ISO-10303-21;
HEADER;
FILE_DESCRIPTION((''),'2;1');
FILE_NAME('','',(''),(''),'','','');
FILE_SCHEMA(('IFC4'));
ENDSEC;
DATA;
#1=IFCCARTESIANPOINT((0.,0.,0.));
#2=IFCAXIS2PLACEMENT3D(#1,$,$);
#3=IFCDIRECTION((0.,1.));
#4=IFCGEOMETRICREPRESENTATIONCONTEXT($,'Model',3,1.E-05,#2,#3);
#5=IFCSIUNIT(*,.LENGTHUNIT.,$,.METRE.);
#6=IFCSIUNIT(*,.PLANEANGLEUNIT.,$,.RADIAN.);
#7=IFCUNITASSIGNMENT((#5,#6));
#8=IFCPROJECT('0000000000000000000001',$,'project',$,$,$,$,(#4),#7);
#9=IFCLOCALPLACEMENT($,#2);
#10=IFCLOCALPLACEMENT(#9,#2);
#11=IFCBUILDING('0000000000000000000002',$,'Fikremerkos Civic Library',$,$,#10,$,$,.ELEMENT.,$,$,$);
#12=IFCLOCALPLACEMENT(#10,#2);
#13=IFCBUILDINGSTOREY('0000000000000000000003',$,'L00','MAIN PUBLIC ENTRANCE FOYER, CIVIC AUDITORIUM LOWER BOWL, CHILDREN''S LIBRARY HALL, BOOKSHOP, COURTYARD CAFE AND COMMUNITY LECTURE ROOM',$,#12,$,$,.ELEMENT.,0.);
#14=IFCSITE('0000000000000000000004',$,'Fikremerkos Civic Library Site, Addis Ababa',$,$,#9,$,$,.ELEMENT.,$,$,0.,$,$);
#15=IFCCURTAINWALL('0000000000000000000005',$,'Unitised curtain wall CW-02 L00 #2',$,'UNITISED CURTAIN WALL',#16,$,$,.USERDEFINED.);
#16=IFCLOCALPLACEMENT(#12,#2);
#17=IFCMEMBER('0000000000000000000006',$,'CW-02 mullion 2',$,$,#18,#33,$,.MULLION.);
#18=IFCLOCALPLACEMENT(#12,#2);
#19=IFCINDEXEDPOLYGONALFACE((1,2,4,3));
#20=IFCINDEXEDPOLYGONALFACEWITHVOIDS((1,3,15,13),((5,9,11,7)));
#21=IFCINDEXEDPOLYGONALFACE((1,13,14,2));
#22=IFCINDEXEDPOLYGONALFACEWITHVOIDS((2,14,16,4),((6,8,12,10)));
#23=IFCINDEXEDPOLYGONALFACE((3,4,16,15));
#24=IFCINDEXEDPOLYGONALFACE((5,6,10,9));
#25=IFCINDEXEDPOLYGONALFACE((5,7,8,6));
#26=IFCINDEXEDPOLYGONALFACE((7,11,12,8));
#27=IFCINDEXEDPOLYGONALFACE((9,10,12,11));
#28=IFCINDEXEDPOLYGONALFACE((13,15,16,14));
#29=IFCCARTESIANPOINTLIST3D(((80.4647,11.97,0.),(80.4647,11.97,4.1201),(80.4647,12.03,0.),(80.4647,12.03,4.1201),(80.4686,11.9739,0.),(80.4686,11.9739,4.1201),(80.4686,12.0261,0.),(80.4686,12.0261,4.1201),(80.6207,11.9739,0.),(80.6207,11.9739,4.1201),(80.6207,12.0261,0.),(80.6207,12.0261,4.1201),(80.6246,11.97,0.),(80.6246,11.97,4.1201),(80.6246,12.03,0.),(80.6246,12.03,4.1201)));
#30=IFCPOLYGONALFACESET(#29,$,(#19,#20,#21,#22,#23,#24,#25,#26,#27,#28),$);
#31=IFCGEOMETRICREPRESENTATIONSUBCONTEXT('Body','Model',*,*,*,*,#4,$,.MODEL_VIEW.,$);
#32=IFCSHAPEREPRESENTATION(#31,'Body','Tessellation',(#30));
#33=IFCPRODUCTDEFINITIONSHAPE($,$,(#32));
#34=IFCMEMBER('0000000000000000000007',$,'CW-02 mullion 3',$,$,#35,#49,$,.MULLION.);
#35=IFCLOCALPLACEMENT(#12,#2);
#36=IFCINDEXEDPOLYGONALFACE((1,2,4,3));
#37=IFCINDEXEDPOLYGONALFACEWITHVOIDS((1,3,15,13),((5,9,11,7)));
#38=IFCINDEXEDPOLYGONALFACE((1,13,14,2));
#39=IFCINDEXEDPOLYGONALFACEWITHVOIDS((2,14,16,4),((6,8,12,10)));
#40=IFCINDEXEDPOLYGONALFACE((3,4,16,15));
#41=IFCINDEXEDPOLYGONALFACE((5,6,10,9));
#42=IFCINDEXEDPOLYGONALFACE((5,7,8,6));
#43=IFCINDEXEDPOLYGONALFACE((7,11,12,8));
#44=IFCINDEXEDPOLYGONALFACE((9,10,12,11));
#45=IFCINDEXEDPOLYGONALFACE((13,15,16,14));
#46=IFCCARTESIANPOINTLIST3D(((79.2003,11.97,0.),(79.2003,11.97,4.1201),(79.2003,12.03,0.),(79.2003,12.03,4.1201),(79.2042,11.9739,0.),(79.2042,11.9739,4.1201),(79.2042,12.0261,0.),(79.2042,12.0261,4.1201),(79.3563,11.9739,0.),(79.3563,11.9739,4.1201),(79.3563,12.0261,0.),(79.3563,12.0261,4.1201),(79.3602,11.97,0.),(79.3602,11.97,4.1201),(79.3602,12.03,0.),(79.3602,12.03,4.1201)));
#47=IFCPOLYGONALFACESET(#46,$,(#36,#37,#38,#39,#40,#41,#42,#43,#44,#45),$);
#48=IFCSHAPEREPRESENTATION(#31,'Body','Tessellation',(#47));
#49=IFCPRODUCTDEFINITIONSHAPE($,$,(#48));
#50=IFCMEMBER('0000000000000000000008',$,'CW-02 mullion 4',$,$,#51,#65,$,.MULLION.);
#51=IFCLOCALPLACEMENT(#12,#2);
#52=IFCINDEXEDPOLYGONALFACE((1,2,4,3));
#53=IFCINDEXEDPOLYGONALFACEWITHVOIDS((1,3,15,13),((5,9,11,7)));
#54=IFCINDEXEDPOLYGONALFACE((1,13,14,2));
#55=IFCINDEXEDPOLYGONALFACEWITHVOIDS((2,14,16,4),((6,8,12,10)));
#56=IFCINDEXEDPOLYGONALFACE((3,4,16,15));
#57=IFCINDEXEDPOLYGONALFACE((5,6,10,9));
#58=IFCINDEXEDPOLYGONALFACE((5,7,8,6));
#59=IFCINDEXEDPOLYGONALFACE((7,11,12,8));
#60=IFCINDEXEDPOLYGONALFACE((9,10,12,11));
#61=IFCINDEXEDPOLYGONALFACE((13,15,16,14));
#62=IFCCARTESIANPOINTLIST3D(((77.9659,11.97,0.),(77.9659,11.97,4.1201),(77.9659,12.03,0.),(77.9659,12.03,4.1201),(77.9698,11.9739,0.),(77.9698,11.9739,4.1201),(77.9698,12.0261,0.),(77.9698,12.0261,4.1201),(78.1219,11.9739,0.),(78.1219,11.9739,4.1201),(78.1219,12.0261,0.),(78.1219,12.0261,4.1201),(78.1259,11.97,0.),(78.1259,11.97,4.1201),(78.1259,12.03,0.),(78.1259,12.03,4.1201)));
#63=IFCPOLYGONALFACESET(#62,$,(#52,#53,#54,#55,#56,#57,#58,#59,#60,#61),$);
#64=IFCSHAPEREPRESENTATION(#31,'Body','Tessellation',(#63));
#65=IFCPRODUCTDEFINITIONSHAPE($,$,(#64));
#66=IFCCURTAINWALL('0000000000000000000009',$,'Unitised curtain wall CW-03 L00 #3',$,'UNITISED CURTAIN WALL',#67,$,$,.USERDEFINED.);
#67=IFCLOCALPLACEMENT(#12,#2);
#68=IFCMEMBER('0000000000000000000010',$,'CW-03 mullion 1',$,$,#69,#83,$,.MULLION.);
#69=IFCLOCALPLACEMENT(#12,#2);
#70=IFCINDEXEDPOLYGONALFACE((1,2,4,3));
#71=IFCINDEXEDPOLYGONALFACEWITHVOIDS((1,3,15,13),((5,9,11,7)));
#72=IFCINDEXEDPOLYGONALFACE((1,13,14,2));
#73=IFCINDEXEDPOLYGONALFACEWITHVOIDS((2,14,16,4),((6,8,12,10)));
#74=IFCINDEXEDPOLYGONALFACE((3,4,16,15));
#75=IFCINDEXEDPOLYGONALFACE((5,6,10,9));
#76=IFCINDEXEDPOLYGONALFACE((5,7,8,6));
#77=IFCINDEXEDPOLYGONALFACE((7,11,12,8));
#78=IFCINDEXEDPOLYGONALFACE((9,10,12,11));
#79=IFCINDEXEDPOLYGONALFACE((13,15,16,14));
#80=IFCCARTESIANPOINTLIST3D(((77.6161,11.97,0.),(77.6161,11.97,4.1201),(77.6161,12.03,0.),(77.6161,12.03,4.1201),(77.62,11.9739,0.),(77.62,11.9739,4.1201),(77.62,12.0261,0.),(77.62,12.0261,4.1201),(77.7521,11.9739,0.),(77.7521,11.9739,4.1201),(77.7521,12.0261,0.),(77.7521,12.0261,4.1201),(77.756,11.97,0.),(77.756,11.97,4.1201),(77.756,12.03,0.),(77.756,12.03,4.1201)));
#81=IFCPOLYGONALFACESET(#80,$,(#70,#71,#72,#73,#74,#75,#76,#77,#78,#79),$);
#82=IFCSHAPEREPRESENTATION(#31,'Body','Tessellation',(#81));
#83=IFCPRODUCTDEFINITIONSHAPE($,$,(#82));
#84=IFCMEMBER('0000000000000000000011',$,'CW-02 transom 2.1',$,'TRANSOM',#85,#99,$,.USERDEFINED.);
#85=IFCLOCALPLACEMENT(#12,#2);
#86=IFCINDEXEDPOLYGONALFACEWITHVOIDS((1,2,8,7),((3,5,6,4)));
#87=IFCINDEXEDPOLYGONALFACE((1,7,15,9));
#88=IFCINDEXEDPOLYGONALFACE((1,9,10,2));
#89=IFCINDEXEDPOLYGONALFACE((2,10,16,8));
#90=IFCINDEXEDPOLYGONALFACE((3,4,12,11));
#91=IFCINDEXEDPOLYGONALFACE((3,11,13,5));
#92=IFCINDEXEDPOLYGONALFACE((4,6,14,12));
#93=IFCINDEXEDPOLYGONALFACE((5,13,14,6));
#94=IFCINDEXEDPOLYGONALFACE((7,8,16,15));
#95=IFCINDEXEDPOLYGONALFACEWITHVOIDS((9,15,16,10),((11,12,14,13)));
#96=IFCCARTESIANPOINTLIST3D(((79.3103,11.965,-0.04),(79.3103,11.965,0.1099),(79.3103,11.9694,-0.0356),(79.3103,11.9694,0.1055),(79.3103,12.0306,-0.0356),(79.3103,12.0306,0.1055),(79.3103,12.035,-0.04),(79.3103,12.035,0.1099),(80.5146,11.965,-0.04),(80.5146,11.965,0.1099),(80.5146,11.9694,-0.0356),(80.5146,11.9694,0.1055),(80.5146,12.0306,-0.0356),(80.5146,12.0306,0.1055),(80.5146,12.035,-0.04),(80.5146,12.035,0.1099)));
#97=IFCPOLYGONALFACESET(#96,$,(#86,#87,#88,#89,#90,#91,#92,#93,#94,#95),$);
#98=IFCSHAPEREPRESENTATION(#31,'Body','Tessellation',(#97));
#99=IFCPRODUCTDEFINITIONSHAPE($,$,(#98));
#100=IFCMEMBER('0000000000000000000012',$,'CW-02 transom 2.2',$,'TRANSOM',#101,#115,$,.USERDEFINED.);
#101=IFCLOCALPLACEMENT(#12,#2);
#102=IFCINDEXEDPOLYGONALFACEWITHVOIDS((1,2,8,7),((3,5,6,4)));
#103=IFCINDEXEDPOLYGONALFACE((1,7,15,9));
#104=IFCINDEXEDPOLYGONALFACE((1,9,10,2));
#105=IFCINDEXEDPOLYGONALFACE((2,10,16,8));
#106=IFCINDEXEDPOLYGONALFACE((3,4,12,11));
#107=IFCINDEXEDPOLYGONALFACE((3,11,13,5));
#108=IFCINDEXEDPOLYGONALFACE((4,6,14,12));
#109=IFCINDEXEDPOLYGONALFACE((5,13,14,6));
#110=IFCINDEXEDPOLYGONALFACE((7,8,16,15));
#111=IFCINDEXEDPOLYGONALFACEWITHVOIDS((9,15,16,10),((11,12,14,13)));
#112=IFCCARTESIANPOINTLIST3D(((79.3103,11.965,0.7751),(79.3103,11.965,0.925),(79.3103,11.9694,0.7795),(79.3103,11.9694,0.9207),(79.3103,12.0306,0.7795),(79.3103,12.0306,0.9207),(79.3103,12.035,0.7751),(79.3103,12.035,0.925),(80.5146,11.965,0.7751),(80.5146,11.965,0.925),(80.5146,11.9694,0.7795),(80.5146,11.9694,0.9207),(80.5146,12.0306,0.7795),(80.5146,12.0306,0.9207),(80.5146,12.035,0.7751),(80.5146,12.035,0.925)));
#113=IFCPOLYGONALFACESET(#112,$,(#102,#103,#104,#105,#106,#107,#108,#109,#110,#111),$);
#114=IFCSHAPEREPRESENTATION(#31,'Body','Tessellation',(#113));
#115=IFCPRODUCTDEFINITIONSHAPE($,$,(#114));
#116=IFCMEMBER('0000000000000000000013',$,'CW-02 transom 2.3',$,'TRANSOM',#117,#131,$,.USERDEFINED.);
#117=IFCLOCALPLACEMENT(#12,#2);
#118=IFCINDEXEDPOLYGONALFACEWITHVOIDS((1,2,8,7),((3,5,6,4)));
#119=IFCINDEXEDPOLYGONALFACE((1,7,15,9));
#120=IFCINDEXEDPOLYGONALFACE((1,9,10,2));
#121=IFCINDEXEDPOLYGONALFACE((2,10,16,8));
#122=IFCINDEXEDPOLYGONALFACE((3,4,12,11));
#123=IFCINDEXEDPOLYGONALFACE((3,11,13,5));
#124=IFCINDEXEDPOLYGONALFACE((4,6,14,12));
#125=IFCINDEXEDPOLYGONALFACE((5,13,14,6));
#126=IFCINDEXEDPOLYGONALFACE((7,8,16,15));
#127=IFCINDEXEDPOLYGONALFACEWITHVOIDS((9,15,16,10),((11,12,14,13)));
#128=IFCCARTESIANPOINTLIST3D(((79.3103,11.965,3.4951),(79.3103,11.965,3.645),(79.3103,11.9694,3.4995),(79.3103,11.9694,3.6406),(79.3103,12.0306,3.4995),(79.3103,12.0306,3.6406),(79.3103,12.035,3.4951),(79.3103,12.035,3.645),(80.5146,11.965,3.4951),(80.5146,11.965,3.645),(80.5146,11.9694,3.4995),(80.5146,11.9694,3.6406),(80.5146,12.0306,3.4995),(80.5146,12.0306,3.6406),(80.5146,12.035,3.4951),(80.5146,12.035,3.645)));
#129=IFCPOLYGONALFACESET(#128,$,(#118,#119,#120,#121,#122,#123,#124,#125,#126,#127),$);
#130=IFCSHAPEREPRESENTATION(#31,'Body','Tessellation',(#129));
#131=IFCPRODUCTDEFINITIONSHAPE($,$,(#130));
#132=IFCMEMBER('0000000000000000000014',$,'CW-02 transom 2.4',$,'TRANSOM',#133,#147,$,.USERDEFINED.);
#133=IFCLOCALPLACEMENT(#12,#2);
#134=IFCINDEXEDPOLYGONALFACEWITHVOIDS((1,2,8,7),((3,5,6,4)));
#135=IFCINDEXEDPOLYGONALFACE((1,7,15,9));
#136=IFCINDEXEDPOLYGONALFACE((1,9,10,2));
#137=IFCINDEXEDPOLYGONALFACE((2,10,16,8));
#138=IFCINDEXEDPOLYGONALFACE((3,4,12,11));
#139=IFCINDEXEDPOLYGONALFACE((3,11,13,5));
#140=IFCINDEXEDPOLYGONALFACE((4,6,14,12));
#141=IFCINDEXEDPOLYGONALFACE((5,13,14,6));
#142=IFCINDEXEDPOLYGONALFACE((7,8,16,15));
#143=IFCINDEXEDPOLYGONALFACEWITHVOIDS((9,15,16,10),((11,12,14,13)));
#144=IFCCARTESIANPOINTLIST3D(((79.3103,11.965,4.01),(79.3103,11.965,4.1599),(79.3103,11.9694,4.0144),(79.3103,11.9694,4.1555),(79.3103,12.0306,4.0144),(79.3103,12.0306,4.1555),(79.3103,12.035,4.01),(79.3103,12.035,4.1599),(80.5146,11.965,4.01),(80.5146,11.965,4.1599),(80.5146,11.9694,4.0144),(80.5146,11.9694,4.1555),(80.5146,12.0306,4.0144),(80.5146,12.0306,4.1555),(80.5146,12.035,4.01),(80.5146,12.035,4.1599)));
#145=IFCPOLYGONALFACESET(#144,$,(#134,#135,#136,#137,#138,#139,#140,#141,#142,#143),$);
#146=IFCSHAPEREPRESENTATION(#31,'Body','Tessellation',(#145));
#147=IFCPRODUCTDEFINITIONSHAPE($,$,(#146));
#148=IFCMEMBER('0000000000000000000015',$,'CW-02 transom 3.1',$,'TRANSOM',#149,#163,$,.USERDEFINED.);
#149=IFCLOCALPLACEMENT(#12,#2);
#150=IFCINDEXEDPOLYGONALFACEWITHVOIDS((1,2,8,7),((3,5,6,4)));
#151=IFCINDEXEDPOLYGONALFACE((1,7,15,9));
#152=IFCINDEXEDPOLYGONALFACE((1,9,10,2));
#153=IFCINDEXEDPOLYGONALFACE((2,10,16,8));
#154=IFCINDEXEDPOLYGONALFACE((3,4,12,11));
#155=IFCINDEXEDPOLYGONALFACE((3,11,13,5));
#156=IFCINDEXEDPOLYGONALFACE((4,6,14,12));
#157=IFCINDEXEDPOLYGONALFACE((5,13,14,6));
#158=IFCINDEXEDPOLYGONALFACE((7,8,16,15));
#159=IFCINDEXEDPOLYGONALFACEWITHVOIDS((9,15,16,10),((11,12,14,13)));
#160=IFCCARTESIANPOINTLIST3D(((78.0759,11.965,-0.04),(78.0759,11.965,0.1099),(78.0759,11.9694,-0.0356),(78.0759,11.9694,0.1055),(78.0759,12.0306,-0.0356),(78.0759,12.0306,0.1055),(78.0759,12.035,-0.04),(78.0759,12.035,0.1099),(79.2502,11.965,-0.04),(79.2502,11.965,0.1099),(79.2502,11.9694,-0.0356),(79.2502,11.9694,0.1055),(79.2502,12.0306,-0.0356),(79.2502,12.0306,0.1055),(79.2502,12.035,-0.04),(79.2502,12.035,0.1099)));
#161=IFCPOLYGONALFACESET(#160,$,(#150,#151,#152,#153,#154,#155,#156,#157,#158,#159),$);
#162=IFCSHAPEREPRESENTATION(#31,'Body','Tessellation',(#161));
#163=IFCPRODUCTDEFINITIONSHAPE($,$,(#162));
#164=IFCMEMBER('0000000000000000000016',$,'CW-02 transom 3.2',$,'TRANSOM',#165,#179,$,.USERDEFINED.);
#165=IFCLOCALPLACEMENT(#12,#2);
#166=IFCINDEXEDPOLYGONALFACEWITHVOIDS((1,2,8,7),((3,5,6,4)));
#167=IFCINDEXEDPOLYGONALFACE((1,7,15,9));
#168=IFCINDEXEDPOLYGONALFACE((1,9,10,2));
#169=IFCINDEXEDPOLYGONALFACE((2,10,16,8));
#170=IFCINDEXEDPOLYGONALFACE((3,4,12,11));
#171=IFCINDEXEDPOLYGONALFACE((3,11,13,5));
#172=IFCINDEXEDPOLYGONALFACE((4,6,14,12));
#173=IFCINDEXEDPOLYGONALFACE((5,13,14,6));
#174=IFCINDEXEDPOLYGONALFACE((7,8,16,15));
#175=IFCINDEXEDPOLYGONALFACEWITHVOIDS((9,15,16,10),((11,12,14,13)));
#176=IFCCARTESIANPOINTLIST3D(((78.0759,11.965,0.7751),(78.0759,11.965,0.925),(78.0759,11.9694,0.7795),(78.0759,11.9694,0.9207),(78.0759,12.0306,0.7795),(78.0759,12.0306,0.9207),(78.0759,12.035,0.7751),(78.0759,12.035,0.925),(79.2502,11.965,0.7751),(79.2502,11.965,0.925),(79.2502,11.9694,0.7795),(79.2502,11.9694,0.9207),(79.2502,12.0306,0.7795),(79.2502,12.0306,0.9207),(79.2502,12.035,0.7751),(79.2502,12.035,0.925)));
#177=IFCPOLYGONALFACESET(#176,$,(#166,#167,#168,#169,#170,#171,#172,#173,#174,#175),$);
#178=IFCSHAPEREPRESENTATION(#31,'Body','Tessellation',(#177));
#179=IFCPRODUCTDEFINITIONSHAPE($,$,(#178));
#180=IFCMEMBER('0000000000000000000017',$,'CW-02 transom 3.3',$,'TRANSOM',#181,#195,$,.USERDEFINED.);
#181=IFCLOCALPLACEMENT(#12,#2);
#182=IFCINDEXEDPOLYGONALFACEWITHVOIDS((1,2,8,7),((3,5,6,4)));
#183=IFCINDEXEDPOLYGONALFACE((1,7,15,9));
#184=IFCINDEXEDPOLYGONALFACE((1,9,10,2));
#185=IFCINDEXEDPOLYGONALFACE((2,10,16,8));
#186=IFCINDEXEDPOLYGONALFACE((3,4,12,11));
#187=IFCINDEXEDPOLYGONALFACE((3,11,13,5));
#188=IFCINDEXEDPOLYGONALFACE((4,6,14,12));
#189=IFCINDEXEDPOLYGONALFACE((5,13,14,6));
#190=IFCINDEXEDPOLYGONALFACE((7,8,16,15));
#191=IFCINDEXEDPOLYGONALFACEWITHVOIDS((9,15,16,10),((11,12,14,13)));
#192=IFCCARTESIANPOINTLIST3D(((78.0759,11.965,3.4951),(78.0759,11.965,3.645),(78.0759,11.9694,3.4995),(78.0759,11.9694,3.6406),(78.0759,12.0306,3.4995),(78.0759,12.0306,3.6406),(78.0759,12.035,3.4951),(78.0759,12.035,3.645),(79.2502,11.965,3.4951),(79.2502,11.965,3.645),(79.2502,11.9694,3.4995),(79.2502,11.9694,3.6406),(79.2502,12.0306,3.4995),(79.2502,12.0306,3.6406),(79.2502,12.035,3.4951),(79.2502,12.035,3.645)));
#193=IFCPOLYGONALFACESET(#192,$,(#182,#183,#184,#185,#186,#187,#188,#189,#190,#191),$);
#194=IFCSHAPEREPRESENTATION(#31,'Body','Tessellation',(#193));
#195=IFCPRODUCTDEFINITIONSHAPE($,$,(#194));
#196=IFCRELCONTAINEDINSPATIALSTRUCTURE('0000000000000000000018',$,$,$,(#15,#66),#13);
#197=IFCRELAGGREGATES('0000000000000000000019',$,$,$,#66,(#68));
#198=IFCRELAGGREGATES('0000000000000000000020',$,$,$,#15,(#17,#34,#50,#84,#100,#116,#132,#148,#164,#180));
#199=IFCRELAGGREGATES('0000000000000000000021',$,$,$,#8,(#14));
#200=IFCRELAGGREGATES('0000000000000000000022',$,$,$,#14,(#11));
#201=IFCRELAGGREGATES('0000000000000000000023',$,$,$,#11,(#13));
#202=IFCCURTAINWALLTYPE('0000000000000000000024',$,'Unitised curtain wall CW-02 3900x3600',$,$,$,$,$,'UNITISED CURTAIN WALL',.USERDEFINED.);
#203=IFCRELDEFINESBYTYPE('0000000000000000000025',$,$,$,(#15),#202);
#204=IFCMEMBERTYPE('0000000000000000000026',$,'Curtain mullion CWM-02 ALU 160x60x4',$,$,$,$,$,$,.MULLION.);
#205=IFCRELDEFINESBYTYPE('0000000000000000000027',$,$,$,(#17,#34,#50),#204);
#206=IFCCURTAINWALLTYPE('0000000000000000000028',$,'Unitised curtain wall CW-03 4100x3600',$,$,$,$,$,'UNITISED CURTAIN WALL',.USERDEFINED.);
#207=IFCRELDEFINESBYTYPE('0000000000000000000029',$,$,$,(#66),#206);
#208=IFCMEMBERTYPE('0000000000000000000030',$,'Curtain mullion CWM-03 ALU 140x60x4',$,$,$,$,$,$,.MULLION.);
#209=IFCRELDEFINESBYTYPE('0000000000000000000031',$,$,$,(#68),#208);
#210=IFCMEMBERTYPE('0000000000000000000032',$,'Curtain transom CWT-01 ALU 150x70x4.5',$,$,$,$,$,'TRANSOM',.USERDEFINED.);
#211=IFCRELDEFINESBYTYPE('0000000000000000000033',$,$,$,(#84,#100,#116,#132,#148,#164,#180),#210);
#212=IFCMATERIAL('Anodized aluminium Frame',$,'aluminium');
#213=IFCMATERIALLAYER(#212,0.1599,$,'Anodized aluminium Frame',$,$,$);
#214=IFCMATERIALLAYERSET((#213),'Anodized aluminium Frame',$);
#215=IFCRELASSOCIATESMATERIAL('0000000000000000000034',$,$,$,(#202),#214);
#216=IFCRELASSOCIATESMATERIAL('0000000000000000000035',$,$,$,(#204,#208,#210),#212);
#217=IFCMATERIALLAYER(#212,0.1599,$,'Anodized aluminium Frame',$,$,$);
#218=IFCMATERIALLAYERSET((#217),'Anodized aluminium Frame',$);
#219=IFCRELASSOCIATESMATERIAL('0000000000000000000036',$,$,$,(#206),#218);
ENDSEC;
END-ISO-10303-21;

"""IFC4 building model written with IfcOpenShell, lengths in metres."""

from ifc_helpers import new_model, si_unit, direction, frame, origin, origin_2d, place, context, subcontext, project, spatial, hollow_rectangle, extrude, material, layer, layer_set, material_profile, profile_set, type_object, element, aggregate, save


model = new_model("IFC4")

# Units and contexts
model_context = context("Model", 3, precision=1e-05, world=origin(), true_north=direction((0.0, 1.0)))
body_context = subcontext(model_context, "Body", "Model", "MODEL_VIEW")
ifc_project = project(units=[si_unit("LENGTHUNIT", "METRE"), si_unit("PLANEANGLEUNIT", "RADIAN")], contexts=[model_context])

# Site, building, storey
site_placement = place(None, origin())
site = spatial("IfcSite", under=ifc_project, at=site_placement, Name="Fikremerkos Civic Library Site, Addis Ababa", CompositionType="ELEMENT", RefElevation=0.0)
building_placement = place(site_placement, origin())
building = spatial("IfcBuilding", under=site, at=building_placement, Name="Fikremerkos Civic Library", CompositionType="ELEMENT")
storey_placement = place(building_placement, origin())
storey = spatial("IfcBuildingStorey", under=building, at=storey_placement, Name="L00", Description="MAIN PUBLIC ENTRANCE FOYER, CIVIC AUDITORIUM LOWER BOWL, CHILDREN'S LIBRARY HALL, BOOKSHOP, COURTYARD CAFE AND COMMUNITY LECTURE ROOM", CompositionType="ELEMENT", Elevation=0.0)

# Curtain wall, members
ifc_material_1 = material(Name="Anodized aluminium Frame", Category="aluminium")
ifc_layer_1 = layer(ifc_material_1, 0.1599, Name="Anodized aluminium Frame")
ifc_layer_set_1 = layer_set([ifc_layer_1], Name="Anodized aluminium Frame")
curtain_wall_type_1 = type_object("IfcCurtainWallType", Name="Unitised curtain wall CW-02 3900x3600", ElementType="UNITISED CURTAIN WALL", PredefinedType="USERDEFINED", material=ifc_layer_set_1)
curtain_wall_1_placement = place(storey_placement, origin())
curtain_wall_1 = element("IfcCurtainWall", 1, at=curtain_wall_1_placement, inside=storey, type_object=curtain_wall_type_1, Name="Unitised curtain wall CW-02 L00 #2", ObjectType="UNITISED CURTAIN WALL", PredefinedType="USERDEFINED")
ifc_material_profile_1 = material_profile(ifc_material_1, hollow_rectangle(XDim=0.0601, YDim=0.1599, WallThickness=0.0039, at=origin_2d()), Name="ALU 160x60x4")
ifc_profile_set_1 = profile_set([ifc_material_profile_1], Name="Anodized aluminium Frame")
member_type_1 = type_object("IfcMemberType", Name="Curtain mullion CWM-02 ALU 160x60x4", PredefinedType="MULLION", material=ifc_profile_set_1)
member_1_placement = place(storey_placement, frame((80.5447, 12.0, 0.0), z_axis=(0.0, 0.0, 1.0), x_axis=(0.0, -1.0, 0.0)))
member_1 = element("IfcMember", 2, at=member_1_placement, type_object=member_type_1, Name="CW-02 mullion 2", PredefinedType="MULLION", context=body_context, shape_type="SweptSolid", body=[
    extrude(hollow_rectangle(XDim=0.0601, YDim=0.1599, WallThickness=0.0039, at=origin_2d()), origin(), (0.0, 0.0, 1.0), 4.1201),
])
member_2_placement = place(storey_placement, frame((79.2803, 12.0, 0.0), z_axis=(0.0, 0.0, 1.0), x_axis=(0.0, -1.0, 0.0)))
member_2 = element("IfcMember", 3, at=member_2_placement, type_object=member_type_1, Name="CW-02 mullion 3", PredefinedType="MULLION", context=body_context, shape_type="SweptSolid", body=[
    extrude(hollow_rectangle(XDim=0.0601, YDim=0.1599, WallThickness=0.0039, at=origin_2d()), origin(), (0.0, 0.0, 1.0), 4.1201),
])
member_3_placement = place(storey_placement, frame((78.0459, 12.0, 0.0), z_axis=(0.0, 0.0, 1.0), x_axis=(0.0, -1.0, 0.0)))
member_3 = element("IfcMember", 4, at=member_3_placement, type_object=member_type_1, Name="CW-02 mullion 4", PredefinedType="MULLION", context=body_context, shape_type="SweptSolid", body=[
    extrude(hollow_rectangle(XDim=0.0601, YDim=0.1599, WallThickness=0.0039, at=origin_2d()), origin(), (0.0, 0.0, 1.0), 4.1201),
])

# Curtain wall, member
ifc_layer_2 = layer(ifc_material_1, 0.1599, Name="Anodized aluminium Frame")
ifc_layer_set_2 = layer_set([ifc_layer_2], Name="Anodized aluminium Frame")
curtain_wall_type_2 = type_object("IfcCurtainWallType", Name="Unitised curtain wall CW-03 4100x3600", ElementType="UNITISED CURTAIN WALL", PredefinedType="USERDEFINED", material=ifc_layer_set_2)
curtain_wall_2_placement = place(storey_placement, origin())
curtain_wall_2 = element("IfcCurtainWall", 5, at=curtain_wall_2_placement, inside=storey, type_object=curtain_wall_type_2, Name="Unitised curtain wall CW-03 L00 #3", ObjectType="UNITISED CURTAIN WALL", PredefinedType="USERDEFINED")
ifc_material_profile_2 = material_profile(ifc_material_1, hollow_rectangle(XDim=0.0601, YDim=0.1399, WallThickness=0.0039, at=origin_2d()), Name="ALU 140x60x4")
ifc_profile_set_2 = profile_set([ifc_material_profile_2], Name="Anodized aluminium Frame")
member_type_2 = type_object("IfcMemberType", Name="Curtain mullion CWM-03 ALU 140x60x4", PredefinedType="MULLION", material=ifc_profile_set_2)
member_4_placement = place(storey_placement, frame((77.686, 12.0, 0.0), z_axis=(0.0, 0.0, 1.0), x_axis=(0.0, -1.0, 0.0)))
member_4 = element("IfcMember", 6, at=member_4_placement, type_object=member_type_2, Name="CW-03 mullion 1", PredefinedType="MULLION", context=body_context, shape_type="SweptSolid", body=[
    extrude(hollow_rectangle(XDim=0.0601, YDim=0.1399, WallThickness=0.0039, at=origin_2d()), origin(), (0.0, 0.0, 1.0), 4.1201),
])
aggregate(curtain_wall_2, [member_4])

# Members
ifc_material_profile_3 = material_profile(ifc_material_1, hollow_rectangle(XDim=0.0701, YDim=0.1499, WallThickness=0.0044, at=origin_2d()), Name="ALU 150x70x4.5")
ifc_profile_set_3 = profile_set([ifc_material_profile_3], Name="Anodized aluminium Frame")
member_type_3 = type_object("IfcMemberType", Name="Curtain transom CWT-01 ALU 150x70x4.5", ElementType="TRANSOM", PredefinedType="USERDEFINED", material=ifc_profile_set_3)
member_5_placement = place(storey_placement, frame((80.5146, 12.0, 0.0349), z_axis=(-1.0, 0.0, 0.0), x_axis=(0.0, -1.0, 0.0)))
member_5 = element("IfcMember", 7, at=member_5_placement, type_object=member_type_3, Name="CW-02 transom 2.1", ObjectType="TRANSOM", PredefinedType="USERDEFINED", context=body_context, shape_type="SweptSolid", body=[
    extrude(hollow_rectangle(XDim=0.0701, YDim=0.1499, WallThickness=0.0044, at=origin_2d()), origin(), (0.0, 0.0, 1.0), 1.2043),
])
member_6_placement = place(storey_placement, frame((80.5146, 12.0, 0.8501), z_axis=(-1.0, 0.0, 0.0), x_axis=(0.0, -1.0, 0.0)))
member_6 = element("IfcMember", 8, at=member_6_placement, type_object=member_type_3, Name="CW-02 transom 2.2", ObjectType="TRANSOM", PredefinedType="USERDEFINED", context=body_context, shape_type="SweptSolid", body=[
    extrude(hollow_rectangle(XDim=0.0701, YDim=0.1499, WallThickness=0.0044, at=origin_2d()), origin(), (0.0, 0.0, 1.0), 1.2043),
])
member_7_placement = place(storey_placement, frame((80.5146, 12.0, 3.5701), z_axis=(-1.0, 0.0, 0.0), x_axis=(0.0, -1.0, 0.0)))
member_7 = element("IfcMember", 9, at=member_7_placement, type_object=member_type_3, Name="CW-02 transom 2.3", ObjectType="TRANSOM", PredefinedType="USERDEFINED", context=body_context, shape_type="SweptSolid", body=[
    extrude(hollow_rectangle(XDim=0.0701, YDim=0.1499, WallThickness=0.0044, at=origin_2d()), origin(), (0.0, 0.0, 1.0), 1.2043),
])
member_8_placement = place(storey_placement, frame((80.5146, 12.0, 4.085), z_axis=(-1.0, 0.0, 0.0), x_axis=(0.0, -1.0, 0.0)))
member_8 = element("IfcMember", 10, at=member_8_placement, type_object=member_type_3, Name="CW-02 transom 2.4", ObjectType="TRANSOM", PredefinedType="USERDEFINED", context=body_context, shape_type="SweptSolid", body=[
    extrude(hollow_rectangle(XDim=0.0701, YDim=0.1499, WallThickness=0.0044, at=origin_2d()), origin(), (0.0, 0.0, 1.0), 1.2043),
])
member_9_placement = place(storey_placement, frame((79.2502, 12.0, 0.0349), z_axis=(-1.0, 0.0, 0.0), x_axis=(0.0, -1.0, 0.0)))
member_9 = element("IfcMember", 11, at=member_9_placement, type_object=member_type_3, Name="CW-02 transom 3.1", ObjectType="TRANSOM", PredefinedType="USERDEFINED", context=body_context, shape_type="SweptSolid", body=[
    extrude(hollow_rectangle(XDim=0.0701, YDim=0.1499, WallThickness=0.0044, at=origin_2d()), origin(), (0.0, 0.0, 1.0), 1.1743),
])
member_10_placement = place(storey_placement, frame((79.2502, 12.0, 0.8501), z_axis=(-1.0, 0.0, 0.0), x_axis=(0.0, -1.0, 0.0)))
member_10 = element("IfcMember", 12, at=member_10_placement, type_object=member_type_3, Name="CW-02 transom 3.2", ObjectType="TRANSOM", PredefinedType="USERDEFINED", context=body_context, shape_type="SweptSolid", body=[
    extrude(hollow_rectangle(XDim=0.0701, YDim=0.1499, WallThickness=0.0044, at=origin_2d()), origin(), (0.0, 0.0, 1.0), 1.1743),
])
member_11_placement = place(storey_placement, frame((79.2502, 12.0, 3.5701), z_axis=(-1.0, 0.0, 0.0), x_axis=(0.0, -1.0, 0.0)))
member_11 = element("IfcMember", 13, at=member_11_placement, type_object=member_type_3, Name="CW-02 transom 3.3", ObjectType="TRANSOM", PredefinedType="USERDEFINED", context=body_context, shape_type="SweptSolid", body=[
    extrude(hollow_rectangle(XDim=0.0701, YDim=0.1499, WallThickness=0.0044, at=origin_2d()), origin(), (0.0, 0.0, 1.0), 1.1743),
])

aggregate(curtain_wall_1, [member_1, member_2, member_3, member_5, member_6, member_7, member_8, member_9, member_10, member_11])

save(model, "model.ifc")
